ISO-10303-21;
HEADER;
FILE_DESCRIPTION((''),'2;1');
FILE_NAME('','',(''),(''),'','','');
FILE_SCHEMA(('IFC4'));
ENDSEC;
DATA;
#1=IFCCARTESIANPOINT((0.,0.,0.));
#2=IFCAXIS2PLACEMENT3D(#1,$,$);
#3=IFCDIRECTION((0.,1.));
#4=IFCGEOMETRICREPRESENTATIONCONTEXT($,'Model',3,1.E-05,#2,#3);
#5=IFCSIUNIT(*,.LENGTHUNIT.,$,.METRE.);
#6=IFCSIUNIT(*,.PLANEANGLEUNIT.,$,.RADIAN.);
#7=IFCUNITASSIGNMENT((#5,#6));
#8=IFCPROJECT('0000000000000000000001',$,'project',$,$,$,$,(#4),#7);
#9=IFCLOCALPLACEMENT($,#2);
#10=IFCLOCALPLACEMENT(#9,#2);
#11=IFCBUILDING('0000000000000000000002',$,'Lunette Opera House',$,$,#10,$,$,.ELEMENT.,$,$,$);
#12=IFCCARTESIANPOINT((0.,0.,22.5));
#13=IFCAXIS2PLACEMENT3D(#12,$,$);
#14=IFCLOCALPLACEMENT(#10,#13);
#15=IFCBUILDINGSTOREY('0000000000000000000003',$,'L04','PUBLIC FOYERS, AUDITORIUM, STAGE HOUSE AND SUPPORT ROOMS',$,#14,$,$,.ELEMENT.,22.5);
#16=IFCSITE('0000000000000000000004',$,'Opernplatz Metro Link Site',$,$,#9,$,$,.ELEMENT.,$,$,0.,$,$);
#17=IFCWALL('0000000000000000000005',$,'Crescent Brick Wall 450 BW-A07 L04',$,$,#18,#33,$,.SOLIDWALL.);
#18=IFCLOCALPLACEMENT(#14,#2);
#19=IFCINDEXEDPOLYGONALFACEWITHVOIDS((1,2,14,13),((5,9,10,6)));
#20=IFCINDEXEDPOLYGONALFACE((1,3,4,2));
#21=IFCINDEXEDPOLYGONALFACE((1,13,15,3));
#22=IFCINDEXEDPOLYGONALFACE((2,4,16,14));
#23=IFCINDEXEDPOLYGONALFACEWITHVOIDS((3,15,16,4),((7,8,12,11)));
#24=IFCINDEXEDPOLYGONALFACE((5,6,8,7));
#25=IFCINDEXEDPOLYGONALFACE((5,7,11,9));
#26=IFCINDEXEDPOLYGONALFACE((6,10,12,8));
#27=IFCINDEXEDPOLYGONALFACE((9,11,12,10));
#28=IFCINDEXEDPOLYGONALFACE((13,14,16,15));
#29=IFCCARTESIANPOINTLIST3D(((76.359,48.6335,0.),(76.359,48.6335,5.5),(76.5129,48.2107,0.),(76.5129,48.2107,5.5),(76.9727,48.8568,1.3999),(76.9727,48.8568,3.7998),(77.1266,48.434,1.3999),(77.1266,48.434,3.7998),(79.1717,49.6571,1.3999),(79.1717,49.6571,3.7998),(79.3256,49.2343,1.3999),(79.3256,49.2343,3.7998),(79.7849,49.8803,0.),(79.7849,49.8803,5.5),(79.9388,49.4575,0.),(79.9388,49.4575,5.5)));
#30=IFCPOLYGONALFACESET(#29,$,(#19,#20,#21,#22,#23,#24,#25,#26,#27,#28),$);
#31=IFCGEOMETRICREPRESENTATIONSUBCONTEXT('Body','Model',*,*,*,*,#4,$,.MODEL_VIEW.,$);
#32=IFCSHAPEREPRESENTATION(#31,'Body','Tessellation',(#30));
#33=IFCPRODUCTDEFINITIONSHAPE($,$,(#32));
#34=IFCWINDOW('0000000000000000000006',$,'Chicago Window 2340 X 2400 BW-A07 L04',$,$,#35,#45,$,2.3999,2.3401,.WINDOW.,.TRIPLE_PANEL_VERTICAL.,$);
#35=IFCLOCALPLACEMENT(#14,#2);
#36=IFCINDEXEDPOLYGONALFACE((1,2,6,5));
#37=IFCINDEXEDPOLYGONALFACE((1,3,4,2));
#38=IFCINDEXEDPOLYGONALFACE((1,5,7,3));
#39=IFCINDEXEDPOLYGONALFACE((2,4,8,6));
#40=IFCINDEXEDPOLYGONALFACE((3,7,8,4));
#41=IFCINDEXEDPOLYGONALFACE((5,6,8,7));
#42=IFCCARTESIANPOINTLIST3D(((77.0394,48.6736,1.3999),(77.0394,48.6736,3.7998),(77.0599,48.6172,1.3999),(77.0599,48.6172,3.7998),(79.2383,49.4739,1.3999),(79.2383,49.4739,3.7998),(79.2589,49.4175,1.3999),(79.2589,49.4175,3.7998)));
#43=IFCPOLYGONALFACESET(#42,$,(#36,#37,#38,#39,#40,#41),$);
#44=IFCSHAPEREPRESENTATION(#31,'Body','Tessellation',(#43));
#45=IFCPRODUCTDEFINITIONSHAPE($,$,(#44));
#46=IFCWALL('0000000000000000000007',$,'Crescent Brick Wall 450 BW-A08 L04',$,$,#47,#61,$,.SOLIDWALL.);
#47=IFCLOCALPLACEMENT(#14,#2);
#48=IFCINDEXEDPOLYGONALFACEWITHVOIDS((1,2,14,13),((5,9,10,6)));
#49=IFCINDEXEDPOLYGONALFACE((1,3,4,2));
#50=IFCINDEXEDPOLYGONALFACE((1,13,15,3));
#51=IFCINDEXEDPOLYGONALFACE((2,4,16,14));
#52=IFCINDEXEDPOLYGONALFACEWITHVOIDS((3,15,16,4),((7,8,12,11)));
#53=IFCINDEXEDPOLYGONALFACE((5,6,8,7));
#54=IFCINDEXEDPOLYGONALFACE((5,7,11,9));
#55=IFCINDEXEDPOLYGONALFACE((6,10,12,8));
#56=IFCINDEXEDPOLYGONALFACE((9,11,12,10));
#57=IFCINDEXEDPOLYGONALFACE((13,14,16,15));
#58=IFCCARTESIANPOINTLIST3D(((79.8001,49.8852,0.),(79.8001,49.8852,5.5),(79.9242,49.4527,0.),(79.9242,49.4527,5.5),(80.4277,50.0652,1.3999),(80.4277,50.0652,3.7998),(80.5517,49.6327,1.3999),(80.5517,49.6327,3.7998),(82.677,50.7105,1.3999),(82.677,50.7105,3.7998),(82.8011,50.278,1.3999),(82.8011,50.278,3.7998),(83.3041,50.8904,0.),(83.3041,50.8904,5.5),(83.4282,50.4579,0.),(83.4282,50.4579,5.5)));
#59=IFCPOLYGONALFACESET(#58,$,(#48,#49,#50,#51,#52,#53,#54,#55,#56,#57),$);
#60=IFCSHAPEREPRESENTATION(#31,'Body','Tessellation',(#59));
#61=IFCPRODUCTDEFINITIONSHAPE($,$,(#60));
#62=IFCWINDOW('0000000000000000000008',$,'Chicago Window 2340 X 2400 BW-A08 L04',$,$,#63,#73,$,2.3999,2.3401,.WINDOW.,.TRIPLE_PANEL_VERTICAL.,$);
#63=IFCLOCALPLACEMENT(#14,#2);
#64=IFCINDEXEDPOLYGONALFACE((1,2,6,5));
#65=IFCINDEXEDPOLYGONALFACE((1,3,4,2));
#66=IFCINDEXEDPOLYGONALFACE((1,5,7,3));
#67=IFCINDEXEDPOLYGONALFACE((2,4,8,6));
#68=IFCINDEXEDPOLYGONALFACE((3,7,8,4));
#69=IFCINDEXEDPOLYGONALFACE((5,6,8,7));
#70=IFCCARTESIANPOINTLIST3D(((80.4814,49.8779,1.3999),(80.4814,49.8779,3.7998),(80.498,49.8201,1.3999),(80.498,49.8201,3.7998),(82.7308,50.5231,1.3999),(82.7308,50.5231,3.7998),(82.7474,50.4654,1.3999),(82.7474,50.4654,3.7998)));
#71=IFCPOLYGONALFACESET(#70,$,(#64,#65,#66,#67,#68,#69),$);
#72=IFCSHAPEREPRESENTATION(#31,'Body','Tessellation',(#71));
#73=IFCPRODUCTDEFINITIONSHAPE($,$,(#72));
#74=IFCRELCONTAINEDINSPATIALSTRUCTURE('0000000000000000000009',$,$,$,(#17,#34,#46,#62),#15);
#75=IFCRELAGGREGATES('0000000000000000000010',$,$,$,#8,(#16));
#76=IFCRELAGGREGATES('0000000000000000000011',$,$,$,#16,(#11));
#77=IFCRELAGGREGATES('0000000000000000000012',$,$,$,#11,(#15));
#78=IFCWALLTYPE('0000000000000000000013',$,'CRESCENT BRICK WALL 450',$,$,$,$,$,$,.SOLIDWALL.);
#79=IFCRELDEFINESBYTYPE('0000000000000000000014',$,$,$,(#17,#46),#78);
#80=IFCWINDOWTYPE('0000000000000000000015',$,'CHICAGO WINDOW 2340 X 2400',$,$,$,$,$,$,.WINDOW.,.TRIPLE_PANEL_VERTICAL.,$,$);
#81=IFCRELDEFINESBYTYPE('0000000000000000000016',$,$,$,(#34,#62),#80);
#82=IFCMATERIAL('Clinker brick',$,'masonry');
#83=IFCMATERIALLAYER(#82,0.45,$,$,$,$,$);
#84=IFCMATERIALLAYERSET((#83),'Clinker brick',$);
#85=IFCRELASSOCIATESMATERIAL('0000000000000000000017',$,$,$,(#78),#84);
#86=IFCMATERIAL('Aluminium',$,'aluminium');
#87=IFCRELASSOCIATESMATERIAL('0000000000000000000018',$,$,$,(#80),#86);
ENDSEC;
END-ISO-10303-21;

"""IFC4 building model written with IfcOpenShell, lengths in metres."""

from ifc_helpers import new_model, si_unit, direction, frame, frame_2d, origin, place, context, subcontext, project, spatial, rectangle, extrude, material, layer, layer_set, type_object, element, fill, save


model = new_model("IFC4")

# Units and contexts
model_context = context("Model", 3, precision=1e-05, world=origin(), true_north=direction((0.0, 1.0)))
body_context = subcontext(model_context, "Body", "Model", "MODEL_VIEW")
ifc_project = project(units=[si_unit("LENGTHUNIT", "METRE"), si_unit("PLANEANGLEUNIT", "RADIAN")], contexts=[model_context])

# Site, building, storey
site_placement = place(None, origin())
site = spatial("IfcSite", under=ifc_project, at=site_placement, Name="Opernplatz Metro Link Site", CompositionType="ELEMENT", RefElevation=0.0)
building_placement = place(site_placement, origin())
building = spatial("IfcBuilding", under=site, at=building_placement, Name="Lunette Opera House", CompositionType="ELEMENT")
storey_placement = place(building_placement, frame((0.0, 0.0, 22.5)))
storey = spatial("IfcBuildingStorey", under=building, at=storey_placement, Name="L04", Description="PUBLIC FOYERS, AUDITORIUM, STAGE HOUSE AND SUPPORT ROOMS", CompositionType="ELEMENT", Elevation=22.5)

# Walls, openings, windows
ifc_material_1 = material(Name="Clinker brick", Category="masonry")
ifc_layer = layer(ifc_material_1, 0.45)
ifc_layer_set = layer_set([ifc_layer], Name="Clinker brick")
wall_type = type_object("IfcWallType", Name="CRESCENT BRICK WALL 450", PredefinedType="SOLIDWALL", material=ifc_layer_set)
ifc_material_2 = material(Name="Aluminium", Category="aluminium")
window_type = type_object("IfcWindowType", Name="CHICAGO WINDOW 2340 X 2400", PartitioningType="TRIPLE_PANEL_VERTICAL", PredefinedType="WINDOW", material=ifc_material_2)
wall_1_placement = place(storey_placement, frame((76.436, 48.4221, 0.0), z_axis=(0.0, 0.0, 1.0), x_axis=(0.939705, 0.341985, 0.0)))
wall_1 = element("IfcWall", 1, at=wall_1_placement, inside=storey, type_object=wall_type, Name="Crescent Brick Wall 450 BW-A07 L04", PredefinedType="SOLIDWALL", context=body_context, shape_type="SweptSolid", body=[
    extrude(rectangle(XDim=3.6458, YDim=0.45, at=frame_2d((1.8228, 0.0))), origin(), (0.0, 0.0, 1.0), 5.5),
])
opening_1_placement = place(wall_1_placement, frame((0.6531, 0.0, 1.3999)))
opening_1 = element("IfcOpeningElement", 2, at=opening_1_placement, cuts=wall_1, PredefinedType="OPENING", context=body_context, shape_type="SweptSolid", body=[
    extrude(rectangle(XDim=2.3401, YDim=2.3999, at=frame_2d((1.1699, 1.2))), frame((0.0, 0.2371, 0.0), z_axis=(0.0, -1.0, 0.0), x_axis=(1.0, 0.0, 0.0)), (0.0, 0.0, 1.0), 0.4739),
])
window_1_placement = place(opening_1_placement, origin())
window_1 = element("IfcWindow", 3, at=window_1_placement, inside=storey, type_object=window_type, Name="Chicago Window 2340 X 2400 BW-A07 L04", OverallHeight=2.3999, OverallWidth=2.3401, PartitioningType="TRIPLE_PANEL_VERTICAL", PredefinedType="WINDOW", context=body_context, shape_type="SweptSolid", body=[
    extrude(rectangle(XDim=2.3401, YDim=2.3999, at=frame_2d((1.1699, 1.2))), frame((0.0, 0.03, 0.0), z_axis=(0.0, -1.0, 0.0), x_axis=(1.0, 0.0, 0.0)), (0.0, 0.0, 1.0), 0.0601),
])
fill(opening_1, window_1)
wall_2_placement = place(storey_placement, frame((79.8621, 49.6689, 0.0), z_axis=(0.0, 0.0, 1.0), x_axis=(0.961233, 0.275738, 0.0)))
wall_2 = element("IfcWall", 4, at=wall_2_placement, inside=storey, type_object=wall_type, Name="Crescent Brick Wall 450 BW-A08 L04", PredefinedType="SOLIDWALL", context=body_context, shape_type="SweptSolid", body=[
    extrude(rectangle(XDim=3.6453, YDim=0.45, at=frame_2d((1.8228, 0.0))), origin(), (0.0, 0.0, 1.0), 5.5),
])
opening_2_placement = place(wall_2_placement, frame((0.6531, 0.0, 1.3999)))
opening_2 = element("IfcOpeningElement", 5, at=opening_2_placement, cuts=wall_2, PredefinedType="OPENING", context=body_context, shape_type="SweptSolid", body=[
    extrude(rectangle(XDim=2.3401, YDim=2.3999, at=frame_2d((1.1699, 1.2))), frame((0.0, 0.2371, 0.0), z_axis=(0.0, -1.0, 0.0), x_axis=(1.0, 0.0, 0.0)), (0.0, 0.0, 1.0), 0.4739),
])
window_2_placement = place(opening_2_placement, origin())
window_2 = element("IfcWindow", 6, at=window_2_placement, inside=storey, type_object=window_type, Name="Chicago Window 2340 X 2400 BW-A08 L04", OverallHeight=2.3999, OverallWidth=2.3401, PartitioningType="TRIPLE_PANEL_VERTICAL", PredefinedType="WINDOW", context=body_context, shape_type="SweptSolid", body=[
    extrude(rectangle(XDim=2.3401, YDim=2.3999, at=frame_2d((1.1699, 1.2))), frame((0.0, 0.03, 0.0), z_axis=(0.0, -1.0, 0.0), x_axis=(1.0, 0.0, 0.0)), (0.0, 0.0, 1.0), 0.0601),
])
fill(opening_2, window_2)

save(model, "model.ifc")
